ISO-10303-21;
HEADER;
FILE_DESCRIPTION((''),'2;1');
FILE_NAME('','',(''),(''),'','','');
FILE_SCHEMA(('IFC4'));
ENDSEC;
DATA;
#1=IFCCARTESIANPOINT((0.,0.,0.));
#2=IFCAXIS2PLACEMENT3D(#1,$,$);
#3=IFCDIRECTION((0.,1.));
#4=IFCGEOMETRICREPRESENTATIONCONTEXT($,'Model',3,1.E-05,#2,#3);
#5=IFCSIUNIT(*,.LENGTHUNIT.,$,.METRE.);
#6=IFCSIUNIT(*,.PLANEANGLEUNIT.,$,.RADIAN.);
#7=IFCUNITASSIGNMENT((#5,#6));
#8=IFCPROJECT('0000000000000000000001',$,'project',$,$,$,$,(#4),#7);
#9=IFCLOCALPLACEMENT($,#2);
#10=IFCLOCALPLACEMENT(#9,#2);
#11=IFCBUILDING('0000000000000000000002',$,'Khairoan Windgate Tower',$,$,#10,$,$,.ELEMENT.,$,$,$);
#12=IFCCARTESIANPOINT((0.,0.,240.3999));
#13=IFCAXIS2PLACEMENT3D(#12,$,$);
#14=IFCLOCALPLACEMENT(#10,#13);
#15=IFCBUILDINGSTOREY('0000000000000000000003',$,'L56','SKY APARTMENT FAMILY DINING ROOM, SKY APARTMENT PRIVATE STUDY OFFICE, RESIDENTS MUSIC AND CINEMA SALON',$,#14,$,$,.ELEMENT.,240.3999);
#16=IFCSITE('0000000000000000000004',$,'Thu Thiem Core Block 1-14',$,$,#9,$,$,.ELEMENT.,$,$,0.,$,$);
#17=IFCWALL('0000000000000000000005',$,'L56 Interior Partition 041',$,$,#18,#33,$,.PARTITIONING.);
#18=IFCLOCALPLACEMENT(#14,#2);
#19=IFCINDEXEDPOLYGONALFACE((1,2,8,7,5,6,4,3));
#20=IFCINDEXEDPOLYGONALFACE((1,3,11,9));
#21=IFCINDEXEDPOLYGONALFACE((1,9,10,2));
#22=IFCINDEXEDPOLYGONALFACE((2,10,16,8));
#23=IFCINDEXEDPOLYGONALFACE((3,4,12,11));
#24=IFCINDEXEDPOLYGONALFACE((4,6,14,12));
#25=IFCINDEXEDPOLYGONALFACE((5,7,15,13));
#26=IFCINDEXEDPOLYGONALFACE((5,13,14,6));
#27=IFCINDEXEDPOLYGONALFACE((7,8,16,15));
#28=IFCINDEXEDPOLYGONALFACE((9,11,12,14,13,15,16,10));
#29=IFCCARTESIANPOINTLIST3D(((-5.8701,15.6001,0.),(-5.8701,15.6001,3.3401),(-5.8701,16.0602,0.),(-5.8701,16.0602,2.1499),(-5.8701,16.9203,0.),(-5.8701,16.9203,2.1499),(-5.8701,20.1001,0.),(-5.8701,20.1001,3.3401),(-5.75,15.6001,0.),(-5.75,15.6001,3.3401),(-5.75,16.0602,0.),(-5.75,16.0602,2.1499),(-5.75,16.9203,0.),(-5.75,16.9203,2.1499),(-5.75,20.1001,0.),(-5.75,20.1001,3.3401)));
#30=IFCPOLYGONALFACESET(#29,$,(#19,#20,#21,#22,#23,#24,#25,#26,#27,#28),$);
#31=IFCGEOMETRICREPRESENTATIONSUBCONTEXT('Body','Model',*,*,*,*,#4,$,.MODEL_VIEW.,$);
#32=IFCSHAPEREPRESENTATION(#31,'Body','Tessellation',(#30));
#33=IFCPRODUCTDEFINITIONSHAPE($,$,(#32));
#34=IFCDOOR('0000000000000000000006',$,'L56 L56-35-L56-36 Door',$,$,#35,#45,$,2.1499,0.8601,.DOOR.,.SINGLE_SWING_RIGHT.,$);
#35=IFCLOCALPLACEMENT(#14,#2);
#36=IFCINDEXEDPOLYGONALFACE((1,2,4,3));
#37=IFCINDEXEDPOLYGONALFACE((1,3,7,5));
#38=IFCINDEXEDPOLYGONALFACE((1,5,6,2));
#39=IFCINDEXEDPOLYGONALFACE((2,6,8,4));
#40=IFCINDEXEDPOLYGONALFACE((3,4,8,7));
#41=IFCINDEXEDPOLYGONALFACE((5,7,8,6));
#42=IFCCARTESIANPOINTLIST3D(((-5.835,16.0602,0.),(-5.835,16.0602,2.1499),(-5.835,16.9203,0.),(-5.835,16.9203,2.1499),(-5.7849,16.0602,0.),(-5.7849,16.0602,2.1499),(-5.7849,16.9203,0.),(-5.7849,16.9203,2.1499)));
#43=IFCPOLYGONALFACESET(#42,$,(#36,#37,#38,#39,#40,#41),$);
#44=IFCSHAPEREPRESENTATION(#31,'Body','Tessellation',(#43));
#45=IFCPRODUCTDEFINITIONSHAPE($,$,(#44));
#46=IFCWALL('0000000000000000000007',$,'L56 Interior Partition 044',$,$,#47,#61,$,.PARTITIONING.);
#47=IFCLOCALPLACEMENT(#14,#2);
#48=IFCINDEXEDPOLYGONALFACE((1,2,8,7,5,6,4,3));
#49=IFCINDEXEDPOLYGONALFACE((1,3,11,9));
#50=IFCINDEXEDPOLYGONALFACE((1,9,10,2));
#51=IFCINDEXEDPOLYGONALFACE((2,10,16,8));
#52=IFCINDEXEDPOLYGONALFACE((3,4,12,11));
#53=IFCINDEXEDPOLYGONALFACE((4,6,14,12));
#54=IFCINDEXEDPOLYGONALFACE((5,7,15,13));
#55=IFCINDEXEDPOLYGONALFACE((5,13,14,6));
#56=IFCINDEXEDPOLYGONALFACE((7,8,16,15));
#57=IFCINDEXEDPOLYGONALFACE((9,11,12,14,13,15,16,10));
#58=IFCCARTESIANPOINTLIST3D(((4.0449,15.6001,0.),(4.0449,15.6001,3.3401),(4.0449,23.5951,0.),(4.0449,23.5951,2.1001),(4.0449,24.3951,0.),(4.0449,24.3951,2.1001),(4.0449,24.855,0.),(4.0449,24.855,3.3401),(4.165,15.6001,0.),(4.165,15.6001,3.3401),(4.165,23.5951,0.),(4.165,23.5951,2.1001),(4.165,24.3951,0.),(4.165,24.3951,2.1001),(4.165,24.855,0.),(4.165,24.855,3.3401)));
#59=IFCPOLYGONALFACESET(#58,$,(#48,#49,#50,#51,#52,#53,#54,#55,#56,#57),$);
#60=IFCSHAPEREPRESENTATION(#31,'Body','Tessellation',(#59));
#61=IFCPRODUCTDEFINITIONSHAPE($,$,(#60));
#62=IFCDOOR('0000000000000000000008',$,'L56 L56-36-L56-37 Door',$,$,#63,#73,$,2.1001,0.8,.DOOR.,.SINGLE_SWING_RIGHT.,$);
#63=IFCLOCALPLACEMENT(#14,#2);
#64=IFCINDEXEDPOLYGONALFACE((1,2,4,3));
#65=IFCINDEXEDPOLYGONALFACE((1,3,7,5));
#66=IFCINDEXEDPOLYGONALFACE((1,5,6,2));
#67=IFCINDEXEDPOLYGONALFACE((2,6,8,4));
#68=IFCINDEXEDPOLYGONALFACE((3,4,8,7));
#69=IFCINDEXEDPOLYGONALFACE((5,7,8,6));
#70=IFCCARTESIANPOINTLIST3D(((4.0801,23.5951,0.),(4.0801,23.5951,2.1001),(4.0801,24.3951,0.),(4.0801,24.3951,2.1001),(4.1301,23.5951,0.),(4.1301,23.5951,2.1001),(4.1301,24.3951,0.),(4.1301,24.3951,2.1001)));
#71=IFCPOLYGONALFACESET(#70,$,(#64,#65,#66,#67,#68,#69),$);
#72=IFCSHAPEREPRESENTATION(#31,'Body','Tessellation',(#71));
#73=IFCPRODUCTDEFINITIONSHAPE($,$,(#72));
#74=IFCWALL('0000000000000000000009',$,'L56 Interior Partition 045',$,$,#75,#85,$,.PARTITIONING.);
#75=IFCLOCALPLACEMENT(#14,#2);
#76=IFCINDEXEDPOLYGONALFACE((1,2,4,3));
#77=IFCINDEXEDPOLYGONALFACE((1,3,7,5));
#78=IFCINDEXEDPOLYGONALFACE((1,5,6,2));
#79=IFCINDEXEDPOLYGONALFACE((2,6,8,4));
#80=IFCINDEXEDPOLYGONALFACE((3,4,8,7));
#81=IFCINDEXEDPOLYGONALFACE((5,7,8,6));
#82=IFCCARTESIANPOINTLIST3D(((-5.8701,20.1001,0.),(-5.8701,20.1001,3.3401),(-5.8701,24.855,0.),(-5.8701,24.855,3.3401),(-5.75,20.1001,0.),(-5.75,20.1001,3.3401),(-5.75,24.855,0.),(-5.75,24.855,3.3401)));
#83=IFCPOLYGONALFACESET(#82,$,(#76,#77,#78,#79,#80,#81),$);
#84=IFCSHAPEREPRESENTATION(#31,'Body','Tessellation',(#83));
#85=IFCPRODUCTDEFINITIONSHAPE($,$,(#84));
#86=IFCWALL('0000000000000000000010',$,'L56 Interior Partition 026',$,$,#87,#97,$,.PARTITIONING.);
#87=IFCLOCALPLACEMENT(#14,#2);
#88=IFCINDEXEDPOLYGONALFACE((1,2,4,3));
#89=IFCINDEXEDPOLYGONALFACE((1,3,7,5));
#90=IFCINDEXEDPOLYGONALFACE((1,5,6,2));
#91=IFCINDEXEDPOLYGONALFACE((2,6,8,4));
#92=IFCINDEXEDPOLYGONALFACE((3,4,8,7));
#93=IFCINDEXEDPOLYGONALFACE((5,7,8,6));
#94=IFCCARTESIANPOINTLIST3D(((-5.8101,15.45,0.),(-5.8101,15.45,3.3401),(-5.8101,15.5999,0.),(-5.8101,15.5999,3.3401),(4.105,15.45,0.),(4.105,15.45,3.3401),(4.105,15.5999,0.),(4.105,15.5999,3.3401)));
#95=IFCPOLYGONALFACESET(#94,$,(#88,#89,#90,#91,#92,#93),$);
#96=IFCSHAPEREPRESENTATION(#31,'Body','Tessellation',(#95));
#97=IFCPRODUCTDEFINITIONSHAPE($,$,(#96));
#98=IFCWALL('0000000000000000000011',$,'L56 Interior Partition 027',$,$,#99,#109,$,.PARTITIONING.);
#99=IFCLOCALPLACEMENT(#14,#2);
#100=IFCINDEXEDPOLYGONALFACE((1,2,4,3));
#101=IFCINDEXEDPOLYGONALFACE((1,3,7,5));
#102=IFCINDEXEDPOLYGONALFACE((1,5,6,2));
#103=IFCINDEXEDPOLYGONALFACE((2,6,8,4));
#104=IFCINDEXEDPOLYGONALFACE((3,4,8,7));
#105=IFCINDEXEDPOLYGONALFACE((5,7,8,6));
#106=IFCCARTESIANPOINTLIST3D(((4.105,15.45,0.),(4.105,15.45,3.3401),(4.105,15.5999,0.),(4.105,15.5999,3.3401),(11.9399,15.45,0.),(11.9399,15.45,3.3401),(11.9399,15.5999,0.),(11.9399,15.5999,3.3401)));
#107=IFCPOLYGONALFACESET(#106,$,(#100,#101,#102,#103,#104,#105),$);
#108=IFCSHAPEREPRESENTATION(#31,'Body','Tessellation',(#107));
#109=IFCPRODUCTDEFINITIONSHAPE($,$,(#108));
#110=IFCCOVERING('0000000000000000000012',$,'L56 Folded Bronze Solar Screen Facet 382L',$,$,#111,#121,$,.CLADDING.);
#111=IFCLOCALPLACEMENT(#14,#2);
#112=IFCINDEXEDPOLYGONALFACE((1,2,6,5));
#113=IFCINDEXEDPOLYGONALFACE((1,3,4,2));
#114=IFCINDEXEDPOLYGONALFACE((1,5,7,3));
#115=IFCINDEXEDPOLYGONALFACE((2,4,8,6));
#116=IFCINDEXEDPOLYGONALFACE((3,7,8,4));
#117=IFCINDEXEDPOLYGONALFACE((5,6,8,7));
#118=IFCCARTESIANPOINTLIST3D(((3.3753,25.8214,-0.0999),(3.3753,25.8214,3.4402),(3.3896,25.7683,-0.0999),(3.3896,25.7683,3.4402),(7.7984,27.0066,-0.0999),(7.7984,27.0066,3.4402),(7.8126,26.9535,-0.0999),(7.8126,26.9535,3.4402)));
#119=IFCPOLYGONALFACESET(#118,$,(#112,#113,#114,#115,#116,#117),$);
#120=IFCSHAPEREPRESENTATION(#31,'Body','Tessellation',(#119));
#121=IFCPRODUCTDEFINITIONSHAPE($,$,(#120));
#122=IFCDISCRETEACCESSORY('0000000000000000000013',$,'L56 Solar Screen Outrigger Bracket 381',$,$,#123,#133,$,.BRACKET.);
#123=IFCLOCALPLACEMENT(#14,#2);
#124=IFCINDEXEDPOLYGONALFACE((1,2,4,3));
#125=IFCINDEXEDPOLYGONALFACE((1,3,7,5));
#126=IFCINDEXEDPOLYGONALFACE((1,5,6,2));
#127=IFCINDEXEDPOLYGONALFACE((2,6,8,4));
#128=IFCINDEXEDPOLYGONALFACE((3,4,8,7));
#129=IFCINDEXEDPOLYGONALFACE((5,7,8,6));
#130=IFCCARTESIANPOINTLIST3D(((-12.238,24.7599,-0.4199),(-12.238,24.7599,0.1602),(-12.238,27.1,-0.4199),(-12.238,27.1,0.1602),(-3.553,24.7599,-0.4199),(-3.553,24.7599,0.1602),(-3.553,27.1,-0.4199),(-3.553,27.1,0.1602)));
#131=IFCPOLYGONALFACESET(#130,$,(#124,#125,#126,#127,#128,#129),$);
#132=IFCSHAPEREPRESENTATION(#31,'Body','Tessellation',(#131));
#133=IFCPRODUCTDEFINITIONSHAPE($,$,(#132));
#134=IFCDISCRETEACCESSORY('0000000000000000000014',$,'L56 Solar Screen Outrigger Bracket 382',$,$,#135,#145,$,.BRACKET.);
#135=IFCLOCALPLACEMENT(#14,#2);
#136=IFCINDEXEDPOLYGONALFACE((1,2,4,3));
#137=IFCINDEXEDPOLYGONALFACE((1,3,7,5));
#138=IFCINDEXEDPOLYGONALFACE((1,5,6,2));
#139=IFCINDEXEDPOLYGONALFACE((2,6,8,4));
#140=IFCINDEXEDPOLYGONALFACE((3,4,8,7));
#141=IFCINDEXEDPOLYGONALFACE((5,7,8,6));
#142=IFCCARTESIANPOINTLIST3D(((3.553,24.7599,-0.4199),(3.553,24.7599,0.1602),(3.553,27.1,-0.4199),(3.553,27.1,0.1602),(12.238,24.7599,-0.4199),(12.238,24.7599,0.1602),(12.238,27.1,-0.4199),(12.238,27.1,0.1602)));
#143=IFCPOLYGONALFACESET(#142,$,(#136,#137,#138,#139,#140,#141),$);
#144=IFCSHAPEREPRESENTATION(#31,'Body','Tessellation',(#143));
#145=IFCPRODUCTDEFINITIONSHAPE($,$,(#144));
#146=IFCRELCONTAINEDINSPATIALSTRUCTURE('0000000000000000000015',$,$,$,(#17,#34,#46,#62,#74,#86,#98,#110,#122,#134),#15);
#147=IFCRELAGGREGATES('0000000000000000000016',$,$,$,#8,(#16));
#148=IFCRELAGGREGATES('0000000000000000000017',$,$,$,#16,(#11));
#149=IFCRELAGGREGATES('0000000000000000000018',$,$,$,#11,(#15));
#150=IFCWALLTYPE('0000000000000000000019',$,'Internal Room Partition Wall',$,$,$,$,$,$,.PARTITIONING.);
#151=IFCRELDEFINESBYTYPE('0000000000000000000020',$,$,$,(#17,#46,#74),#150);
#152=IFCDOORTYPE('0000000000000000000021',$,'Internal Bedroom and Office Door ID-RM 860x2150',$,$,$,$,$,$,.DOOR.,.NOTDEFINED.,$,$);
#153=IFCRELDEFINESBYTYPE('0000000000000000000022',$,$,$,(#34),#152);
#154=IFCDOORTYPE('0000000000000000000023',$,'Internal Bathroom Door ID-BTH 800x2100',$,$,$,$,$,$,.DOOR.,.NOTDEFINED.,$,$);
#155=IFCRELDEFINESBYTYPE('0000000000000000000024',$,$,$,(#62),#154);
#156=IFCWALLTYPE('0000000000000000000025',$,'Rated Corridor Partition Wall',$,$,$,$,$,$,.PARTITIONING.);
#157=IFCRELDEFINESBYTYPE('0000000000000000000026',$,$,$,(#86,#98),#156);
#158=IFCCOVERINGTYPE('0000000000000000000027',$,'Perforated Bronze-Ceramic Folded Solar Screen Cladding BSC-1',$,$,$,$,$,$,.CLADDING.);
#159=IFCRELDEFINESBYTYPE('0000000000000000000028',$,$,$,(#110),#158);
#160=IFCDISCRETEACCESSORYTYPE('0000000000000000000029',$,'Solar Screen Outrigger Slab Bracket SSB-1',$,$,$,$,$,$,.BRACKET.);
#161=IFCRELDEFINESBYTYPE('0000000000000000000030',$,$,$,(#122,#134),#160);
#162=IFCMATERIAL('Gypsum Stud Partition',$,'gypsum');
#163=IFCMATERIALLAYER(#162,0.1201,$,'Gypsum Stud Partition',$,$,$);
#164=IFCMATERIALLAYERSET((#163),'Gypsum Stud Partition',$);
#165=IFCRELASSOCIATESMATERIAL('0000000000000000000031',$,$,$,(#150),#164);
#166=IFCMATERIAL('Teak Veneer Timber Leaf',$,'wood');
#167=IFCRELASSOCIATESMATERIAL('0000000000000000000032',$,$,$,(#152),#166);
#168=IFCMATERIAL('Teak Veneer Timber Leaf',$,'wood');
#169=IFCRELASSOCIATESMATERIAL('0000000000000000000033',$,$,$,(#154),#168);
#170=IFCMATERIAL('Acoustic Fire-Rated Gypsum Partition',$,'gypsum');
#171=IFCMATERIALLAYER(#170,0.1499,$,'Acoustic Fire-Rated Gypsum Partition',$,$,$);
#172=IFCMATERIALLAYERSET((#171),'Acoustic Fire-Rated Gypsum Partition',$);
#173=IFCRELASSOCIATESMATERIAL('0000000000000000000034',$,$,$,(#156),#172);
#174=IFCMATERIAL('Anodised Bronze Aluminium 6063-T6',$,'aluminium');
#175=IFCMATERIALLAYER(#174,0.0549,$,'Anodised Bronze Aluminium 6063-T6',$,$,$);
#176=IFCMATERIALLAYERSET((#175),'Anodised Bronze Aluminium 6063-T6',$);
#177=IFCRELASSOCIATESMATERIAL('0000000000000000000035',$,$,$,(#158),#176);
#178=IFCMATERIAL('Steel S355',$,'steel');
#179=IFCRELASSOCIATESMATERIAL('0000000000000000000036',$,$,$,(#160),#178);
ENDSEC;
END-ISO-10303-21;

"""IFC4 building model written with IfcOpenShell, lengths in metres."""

from ifc_helpers import new_model, si_unit, direction, frame, frame_2d, origin, origin_2d, place, context, subcontext, project, spatial, rectangle, extrude, material, layer, layer_set, type_object, element, fill, save


model = new_model("IFC4")

# Units and contexts
model_context = context("Model", 3, precision=1e-05, world=origin(), true_north=direction((0.0, 1.0)))
body_context = subcontext(model_context, "Body", "Model", "MODEL_VIEW")
ifc_project = project(units=[si_unit("LENGTHUNIT", "METRE"), si_unit("PLANEANGLEUNIT", "RADIAN")], contexts=[model_context])

# Site, building, storey
site_placement = place(None, origin())
site = spatial("IfcSite", under=ifc_project, at=site_placement, Name="Thu Thiem Core Block 1-14", CompositionType="ELEMENT", RefElevation=0.0)
building_placement = place(site_placement, origin())
building = spatial("IfcBuilding", under=site, at=building_placement, Name="Khairoan Windgate Tower", CompositionType="ELEMENT")
storey_placement = place(building_placement, frame((0.0, 0.0, 240.3999)))
storey = spatial("IfcBuildingStorey", under=building, at=storey_placement, Name="L56", Description="SKY APARTMENT FAMILY DINING ROOM, SKY APARTMENT PRIVATE STUDY OFFICE, RESIDENTS MUSIC AND CINEMA SALON", CompositionType="ELEMENT", Elevation=240.3999)

# Walls, openings, doors
ifc_material_1 = material(Name="Gypsum Stud Partition", Category="gypsum")
ifc_layer_1 = layer(ifc_material_1, 0.1201, Name="Gypsum Stud Partition")
ifc_layer_set_1 = layer_set([ifc_layer_1], Name="Gypsum Stud Partition")
wall_type_1 = type_object("IfcWallType", Name="Internal Room Partition Wall", PredefinedType="PARTITIONING", material=ifc_layer_set_1)
wall_1_placement = place(storey_placement, frame((-5.8101, 15.6001, 0.0), z_axis=(0.0, 0.0, 1.0), x_axis=(0.0, 1.0, 0.0)))
wall_1 = element("IfcWall", 1, at=wall_1_placement, inside=storey, type_object=wall_type_1, Name="L56 Interior Partition 041", PredefinedType="PARTITIONING", context=body_context, shape_type="SweptSolid", body=[
    extrude(rectangle(XDim=4.5, YDim=0.1201, at=frame_2d((2.25, 0.0))), origin(), (0.0, 0.0, 1.0), 3.3401),
])
opening_1_placement = place(wall_1_placement, frame((0.46, 0.0, 0.0)))
opening_1 = element("IfcOpeningElement", 2, at=opening_1_placement, cuts=wall_1, PredefinedType="OPENING", context=body_context, shape_type="SweptSolid", body=[
    extrude(rectangle(XDim=0.8601, YDim=2.1499, at=frame_2d((0.4302, 1.075))), frame((0.0, 0.0701, 0.0), z_axis=(0.0, -1.0, 0.0), x_axis=(1.0, 0.0, 0.0)), (0.0, 0.0, 1.0), 0.1401),
])
ifc_material_2 = material(Name="Teak Veneer Timber Leaf", Category="wood")
door_type_1 = type_object("IfcDoorType", Name="Internal Bedroom and Office Door ID-RM 860x2150", OperationType="NOTDEFINED", PredefinedType="DOOR", material=ifc_material_2)
door_1_placement = place(opening_1_placement, origin())
door_1 = element("IfcDoor", 3, at=door_1_placement, inside=storey, type_object=door_type_1, Name="L56 L56-35-L56-36 Door", OperationType="SINGLE_SWING_RIGHT", OverallHeight=2.1499, OverallWidth=0.8601, PredefinedType="DOOR", context=body_context, shape_type="SweptSolid", body=[
    extrude(rectangle(XDim=0.8601, YDim=2.1499, at=frame_2d((0.4302, 1.075))), frame((0.0, 0.0249, 0.0), z_axis=(0.0, -1.0, 0.0), x_axis=(1.0, 0.0, 0.0)), (0.0, 0.0, 1.0), 0.05),
])
fill(opening_1, door_1)
wall_2_placement = place(storey_placement, frame((4.105, 15.6001, 0.0), z_axis=(0.0, 0.0, 1.0), x_axis=(0.0, 1.0, 0.0)))
wall_2 = element("IfcWall", 4, at=wall_2_placement, inside=storey, type_object=wall_type_1, Name="L56 Interior Partition 044", PredefinedType="PARTITIONING", context=body_context, shape_type="SweptSolid", body=[
    extrude(rectangle(XDim=9.2549, YDim=0.1201, at=frame_2d((4.6274, 0.0))), origin(), (0.0, 0.0, 1.0), 3.3401),
])
opening_2_placement = place(wall_2_placement, frame((7.9951, 0.0, 0.0)))
opening_2 = element("IfcOpeningElement", 5, at=opening_2_placement, cuts=wall_2, PredefinedType="OPENING", context=body_context, shape_type="SweptSolid", body=[
    extrude(rectangle(XDim=0.8, YDim=2.1001, at=frame_2d((0.3999, 1.05))), frame((0.0, 0.0701, 0.0), z_axis=(0.0, -1.0, 0.0), x_axis=(1.0, 0.0, 0.0)), (0.0, 0.0, 1.0), 0.1401),
])
ifc_material_3 = material(Name="Teak Veneer Timber Leaf", Category="wood")
door_type_2 = type_object("IfcDoorType", Name="Internal Bathroom Door ID-BTH 800x2100", OperationType="NOTDEFINED", PredefinedType="DOOR", material=ifc_material_3)
door_2_placement = place(opening_2_placement, origin())
door_2 = element("IfcDoor", 6, at=door_2_placement, inside=storey, type_object=door_type_2, Name="L56 L56-36-L56-37 Door", OperationType="SINGLE_SWING_RIGHT", OverallHeight=2.1001, OverallWidth=0.8, PredefinedType="DOOR", context=body_context, shape_type="SweptSolid", body=[
    extrude(rectangle(XDim=0.8, YDim=2.1001, at=frame_2d((0.3999, 1.05))), frame((0.0, 0.0249, 0.0), z_axis=(0.0, -1.0, 0.0), x_axis=(1.0, 0.0, 0.0)), (0.0, 0.0, 1.0), 0.05),
])
fill(opening_2, door_2)

# Walls
wall_3_placement = place(storey_placement, frame((-5.8101, 20.1001, 0.0), z_axis=(0.0, 0.0, 1.0), x_axis=(0.0, 1.0, 0.0)))
element("IfcWall", 7, at=wall_3_placement, inside=storey, type_object=wall_type_1, Name="L56 Interior Partition 045", PredefinedType="PARTITIONING", context=body_context, shape_type="SweptSolid", body=[
    extrude(rectangle(XDim=4.7549, YDim=0.1201, at=frame_2d((2.3774, 0.0))), origin(), (0.0, 0.0, 1.0), 3.3401),
])
ifc_material_4 = material(Name="Acoustic Fire-Rated Gypsum Partition", Category="gypsum")
ifc_layer_2 = layer(ifc_material_4, 0.1499, Name="Acoustic Fire-Rated Gypsum Partition")
ifc_layer_set_2 = layer_set([ifc_layer_2], Name="Acoustic Fire-Rated Gypsum Partition")
wall_type_2 = type_object("IfcWallType", Name="Rated Corridor Partition Wall", PredefinedType="PARTITIONING", material=ifc_layer_set_2)
wall_4_placement = place(storey_placement, frame((-5.8101, 15.5249, 0.0), z_axis=(0.0, 0.0, 1.0), x_axis=(1.0, 0.0, 0.0)))
element("IfcWall", 8, at=wall_4_placement, inside=storey, type_object=wall_type_2, Name="L56 Interior Partition 026", PredefinedType="PARTITIONING", context=body_context, shape_type="SweptSolid", body=[
    extrude(rectangle(XDim=9.915, YDim=0.1499, at=frame_2d((4.9575, 0.0))), origin(), (0.0, 0.0, 1.0), 3.3401),
])
wall_5_placement = place(storey_placement, frame((4.105, 15.5249, 0.0), z_axis=(0.0, 0.0, 1.0), x_axis=(1.0, 0.0, 0.0)))
element("IfcWall", 9, at=wall_5_placement, inside=storey, type_object=wall_type_2, Name="L56 Interior Partition 027", PredefinedType="PARTITIONING", context=body_context, shape_type="SweptSolid", body=[
    extrude(rectangle(XDim=7.835, YDim=0.1499, at=frame_2d((3.9175, 0.0))), origin(), (0.0, 0.0, 1.0), 3.3401),
])

# Covering
ifc_material_5 = material(Name="Anodised Bronze Aluminium 6063-T6", Category="aluminium")
ifc_layer_3 = layer(ifc_material_5, 0.0549, Name="Anodised Bronze Aluminium 6063-T6")
ifc_layer_set_3 = layer_set([ifc_layer_3], Name="Anodised Bronze Aluminium 6063-T6")
covering_type = type_object("IfcCoveringType", Name="Perforated Bronze-Ceramic Folded Solar Screen Cladding BSC-1", PredefinedType="CLADDING", material=ifc_layer_set_3)
covering_placement = place(storey_placement, frame((5.594, 26.3875, -0.0999), z_axis=(0.0, 0.0, 1.0), x_axis=(0.965926, 0.258819, 0.0)))
element("IfcCovering", 10, at=covering_placement, inside=storey, type_object=covering_type, Name="L56 Folded Bronze Solar Screen Facet 382L", PredefinedType="CLADDING", context=body_context, shape_type="SweptSolid", body=[
    extrude(rectangle(XDim=4.5791, YDim=0.0549, at=origin_2d()), origin(), (0.0, 0.0, 1.0), 3.54),
])

# Discrete accessories
ifc_material_6 = material(Name="Steel S355", Category="steel")
discrete_accessory_type = type_object("IfcDiscreteAccessoryType", Name="Solar Screen Outrigger Slab Bracket SSB-1", PredefinedType="BRACKET", material=ifc_material_6)
for number, where, z_axis, x_axis, name in (
    (11, (-7.8955, 25.9299, -0.4199), (0.0, 0.0, 1.0), (1.0, 0.0, 0.0), "L56 Solar Screen Outrigger Bracket 381"),
    (12, (7.8955, 25.9299, -0.4199), (0.0, 0.0, 1.0), (1.0, 0.0, 0.0), "L56 Solar Screen Outrigger Bracket 382"),
):
    element("IfcDiscreteAccessory", number, at=place(storey_placement, frame(where, z_axis=z_axis, x_axis=x_axis)), inside=storey, type_object=discrete_accessory_type, Name=name, PredefinedType="BRACKET", context=body_context, shape_type="SweptSolid", body=[
        extrude(rectangle(XDim=8.6851, YDim=2.3401, at=origin_2d()), origin(), (0.0, 0.0, 1.0), 0.5801),
    ])

save(model, "model.ifc")
